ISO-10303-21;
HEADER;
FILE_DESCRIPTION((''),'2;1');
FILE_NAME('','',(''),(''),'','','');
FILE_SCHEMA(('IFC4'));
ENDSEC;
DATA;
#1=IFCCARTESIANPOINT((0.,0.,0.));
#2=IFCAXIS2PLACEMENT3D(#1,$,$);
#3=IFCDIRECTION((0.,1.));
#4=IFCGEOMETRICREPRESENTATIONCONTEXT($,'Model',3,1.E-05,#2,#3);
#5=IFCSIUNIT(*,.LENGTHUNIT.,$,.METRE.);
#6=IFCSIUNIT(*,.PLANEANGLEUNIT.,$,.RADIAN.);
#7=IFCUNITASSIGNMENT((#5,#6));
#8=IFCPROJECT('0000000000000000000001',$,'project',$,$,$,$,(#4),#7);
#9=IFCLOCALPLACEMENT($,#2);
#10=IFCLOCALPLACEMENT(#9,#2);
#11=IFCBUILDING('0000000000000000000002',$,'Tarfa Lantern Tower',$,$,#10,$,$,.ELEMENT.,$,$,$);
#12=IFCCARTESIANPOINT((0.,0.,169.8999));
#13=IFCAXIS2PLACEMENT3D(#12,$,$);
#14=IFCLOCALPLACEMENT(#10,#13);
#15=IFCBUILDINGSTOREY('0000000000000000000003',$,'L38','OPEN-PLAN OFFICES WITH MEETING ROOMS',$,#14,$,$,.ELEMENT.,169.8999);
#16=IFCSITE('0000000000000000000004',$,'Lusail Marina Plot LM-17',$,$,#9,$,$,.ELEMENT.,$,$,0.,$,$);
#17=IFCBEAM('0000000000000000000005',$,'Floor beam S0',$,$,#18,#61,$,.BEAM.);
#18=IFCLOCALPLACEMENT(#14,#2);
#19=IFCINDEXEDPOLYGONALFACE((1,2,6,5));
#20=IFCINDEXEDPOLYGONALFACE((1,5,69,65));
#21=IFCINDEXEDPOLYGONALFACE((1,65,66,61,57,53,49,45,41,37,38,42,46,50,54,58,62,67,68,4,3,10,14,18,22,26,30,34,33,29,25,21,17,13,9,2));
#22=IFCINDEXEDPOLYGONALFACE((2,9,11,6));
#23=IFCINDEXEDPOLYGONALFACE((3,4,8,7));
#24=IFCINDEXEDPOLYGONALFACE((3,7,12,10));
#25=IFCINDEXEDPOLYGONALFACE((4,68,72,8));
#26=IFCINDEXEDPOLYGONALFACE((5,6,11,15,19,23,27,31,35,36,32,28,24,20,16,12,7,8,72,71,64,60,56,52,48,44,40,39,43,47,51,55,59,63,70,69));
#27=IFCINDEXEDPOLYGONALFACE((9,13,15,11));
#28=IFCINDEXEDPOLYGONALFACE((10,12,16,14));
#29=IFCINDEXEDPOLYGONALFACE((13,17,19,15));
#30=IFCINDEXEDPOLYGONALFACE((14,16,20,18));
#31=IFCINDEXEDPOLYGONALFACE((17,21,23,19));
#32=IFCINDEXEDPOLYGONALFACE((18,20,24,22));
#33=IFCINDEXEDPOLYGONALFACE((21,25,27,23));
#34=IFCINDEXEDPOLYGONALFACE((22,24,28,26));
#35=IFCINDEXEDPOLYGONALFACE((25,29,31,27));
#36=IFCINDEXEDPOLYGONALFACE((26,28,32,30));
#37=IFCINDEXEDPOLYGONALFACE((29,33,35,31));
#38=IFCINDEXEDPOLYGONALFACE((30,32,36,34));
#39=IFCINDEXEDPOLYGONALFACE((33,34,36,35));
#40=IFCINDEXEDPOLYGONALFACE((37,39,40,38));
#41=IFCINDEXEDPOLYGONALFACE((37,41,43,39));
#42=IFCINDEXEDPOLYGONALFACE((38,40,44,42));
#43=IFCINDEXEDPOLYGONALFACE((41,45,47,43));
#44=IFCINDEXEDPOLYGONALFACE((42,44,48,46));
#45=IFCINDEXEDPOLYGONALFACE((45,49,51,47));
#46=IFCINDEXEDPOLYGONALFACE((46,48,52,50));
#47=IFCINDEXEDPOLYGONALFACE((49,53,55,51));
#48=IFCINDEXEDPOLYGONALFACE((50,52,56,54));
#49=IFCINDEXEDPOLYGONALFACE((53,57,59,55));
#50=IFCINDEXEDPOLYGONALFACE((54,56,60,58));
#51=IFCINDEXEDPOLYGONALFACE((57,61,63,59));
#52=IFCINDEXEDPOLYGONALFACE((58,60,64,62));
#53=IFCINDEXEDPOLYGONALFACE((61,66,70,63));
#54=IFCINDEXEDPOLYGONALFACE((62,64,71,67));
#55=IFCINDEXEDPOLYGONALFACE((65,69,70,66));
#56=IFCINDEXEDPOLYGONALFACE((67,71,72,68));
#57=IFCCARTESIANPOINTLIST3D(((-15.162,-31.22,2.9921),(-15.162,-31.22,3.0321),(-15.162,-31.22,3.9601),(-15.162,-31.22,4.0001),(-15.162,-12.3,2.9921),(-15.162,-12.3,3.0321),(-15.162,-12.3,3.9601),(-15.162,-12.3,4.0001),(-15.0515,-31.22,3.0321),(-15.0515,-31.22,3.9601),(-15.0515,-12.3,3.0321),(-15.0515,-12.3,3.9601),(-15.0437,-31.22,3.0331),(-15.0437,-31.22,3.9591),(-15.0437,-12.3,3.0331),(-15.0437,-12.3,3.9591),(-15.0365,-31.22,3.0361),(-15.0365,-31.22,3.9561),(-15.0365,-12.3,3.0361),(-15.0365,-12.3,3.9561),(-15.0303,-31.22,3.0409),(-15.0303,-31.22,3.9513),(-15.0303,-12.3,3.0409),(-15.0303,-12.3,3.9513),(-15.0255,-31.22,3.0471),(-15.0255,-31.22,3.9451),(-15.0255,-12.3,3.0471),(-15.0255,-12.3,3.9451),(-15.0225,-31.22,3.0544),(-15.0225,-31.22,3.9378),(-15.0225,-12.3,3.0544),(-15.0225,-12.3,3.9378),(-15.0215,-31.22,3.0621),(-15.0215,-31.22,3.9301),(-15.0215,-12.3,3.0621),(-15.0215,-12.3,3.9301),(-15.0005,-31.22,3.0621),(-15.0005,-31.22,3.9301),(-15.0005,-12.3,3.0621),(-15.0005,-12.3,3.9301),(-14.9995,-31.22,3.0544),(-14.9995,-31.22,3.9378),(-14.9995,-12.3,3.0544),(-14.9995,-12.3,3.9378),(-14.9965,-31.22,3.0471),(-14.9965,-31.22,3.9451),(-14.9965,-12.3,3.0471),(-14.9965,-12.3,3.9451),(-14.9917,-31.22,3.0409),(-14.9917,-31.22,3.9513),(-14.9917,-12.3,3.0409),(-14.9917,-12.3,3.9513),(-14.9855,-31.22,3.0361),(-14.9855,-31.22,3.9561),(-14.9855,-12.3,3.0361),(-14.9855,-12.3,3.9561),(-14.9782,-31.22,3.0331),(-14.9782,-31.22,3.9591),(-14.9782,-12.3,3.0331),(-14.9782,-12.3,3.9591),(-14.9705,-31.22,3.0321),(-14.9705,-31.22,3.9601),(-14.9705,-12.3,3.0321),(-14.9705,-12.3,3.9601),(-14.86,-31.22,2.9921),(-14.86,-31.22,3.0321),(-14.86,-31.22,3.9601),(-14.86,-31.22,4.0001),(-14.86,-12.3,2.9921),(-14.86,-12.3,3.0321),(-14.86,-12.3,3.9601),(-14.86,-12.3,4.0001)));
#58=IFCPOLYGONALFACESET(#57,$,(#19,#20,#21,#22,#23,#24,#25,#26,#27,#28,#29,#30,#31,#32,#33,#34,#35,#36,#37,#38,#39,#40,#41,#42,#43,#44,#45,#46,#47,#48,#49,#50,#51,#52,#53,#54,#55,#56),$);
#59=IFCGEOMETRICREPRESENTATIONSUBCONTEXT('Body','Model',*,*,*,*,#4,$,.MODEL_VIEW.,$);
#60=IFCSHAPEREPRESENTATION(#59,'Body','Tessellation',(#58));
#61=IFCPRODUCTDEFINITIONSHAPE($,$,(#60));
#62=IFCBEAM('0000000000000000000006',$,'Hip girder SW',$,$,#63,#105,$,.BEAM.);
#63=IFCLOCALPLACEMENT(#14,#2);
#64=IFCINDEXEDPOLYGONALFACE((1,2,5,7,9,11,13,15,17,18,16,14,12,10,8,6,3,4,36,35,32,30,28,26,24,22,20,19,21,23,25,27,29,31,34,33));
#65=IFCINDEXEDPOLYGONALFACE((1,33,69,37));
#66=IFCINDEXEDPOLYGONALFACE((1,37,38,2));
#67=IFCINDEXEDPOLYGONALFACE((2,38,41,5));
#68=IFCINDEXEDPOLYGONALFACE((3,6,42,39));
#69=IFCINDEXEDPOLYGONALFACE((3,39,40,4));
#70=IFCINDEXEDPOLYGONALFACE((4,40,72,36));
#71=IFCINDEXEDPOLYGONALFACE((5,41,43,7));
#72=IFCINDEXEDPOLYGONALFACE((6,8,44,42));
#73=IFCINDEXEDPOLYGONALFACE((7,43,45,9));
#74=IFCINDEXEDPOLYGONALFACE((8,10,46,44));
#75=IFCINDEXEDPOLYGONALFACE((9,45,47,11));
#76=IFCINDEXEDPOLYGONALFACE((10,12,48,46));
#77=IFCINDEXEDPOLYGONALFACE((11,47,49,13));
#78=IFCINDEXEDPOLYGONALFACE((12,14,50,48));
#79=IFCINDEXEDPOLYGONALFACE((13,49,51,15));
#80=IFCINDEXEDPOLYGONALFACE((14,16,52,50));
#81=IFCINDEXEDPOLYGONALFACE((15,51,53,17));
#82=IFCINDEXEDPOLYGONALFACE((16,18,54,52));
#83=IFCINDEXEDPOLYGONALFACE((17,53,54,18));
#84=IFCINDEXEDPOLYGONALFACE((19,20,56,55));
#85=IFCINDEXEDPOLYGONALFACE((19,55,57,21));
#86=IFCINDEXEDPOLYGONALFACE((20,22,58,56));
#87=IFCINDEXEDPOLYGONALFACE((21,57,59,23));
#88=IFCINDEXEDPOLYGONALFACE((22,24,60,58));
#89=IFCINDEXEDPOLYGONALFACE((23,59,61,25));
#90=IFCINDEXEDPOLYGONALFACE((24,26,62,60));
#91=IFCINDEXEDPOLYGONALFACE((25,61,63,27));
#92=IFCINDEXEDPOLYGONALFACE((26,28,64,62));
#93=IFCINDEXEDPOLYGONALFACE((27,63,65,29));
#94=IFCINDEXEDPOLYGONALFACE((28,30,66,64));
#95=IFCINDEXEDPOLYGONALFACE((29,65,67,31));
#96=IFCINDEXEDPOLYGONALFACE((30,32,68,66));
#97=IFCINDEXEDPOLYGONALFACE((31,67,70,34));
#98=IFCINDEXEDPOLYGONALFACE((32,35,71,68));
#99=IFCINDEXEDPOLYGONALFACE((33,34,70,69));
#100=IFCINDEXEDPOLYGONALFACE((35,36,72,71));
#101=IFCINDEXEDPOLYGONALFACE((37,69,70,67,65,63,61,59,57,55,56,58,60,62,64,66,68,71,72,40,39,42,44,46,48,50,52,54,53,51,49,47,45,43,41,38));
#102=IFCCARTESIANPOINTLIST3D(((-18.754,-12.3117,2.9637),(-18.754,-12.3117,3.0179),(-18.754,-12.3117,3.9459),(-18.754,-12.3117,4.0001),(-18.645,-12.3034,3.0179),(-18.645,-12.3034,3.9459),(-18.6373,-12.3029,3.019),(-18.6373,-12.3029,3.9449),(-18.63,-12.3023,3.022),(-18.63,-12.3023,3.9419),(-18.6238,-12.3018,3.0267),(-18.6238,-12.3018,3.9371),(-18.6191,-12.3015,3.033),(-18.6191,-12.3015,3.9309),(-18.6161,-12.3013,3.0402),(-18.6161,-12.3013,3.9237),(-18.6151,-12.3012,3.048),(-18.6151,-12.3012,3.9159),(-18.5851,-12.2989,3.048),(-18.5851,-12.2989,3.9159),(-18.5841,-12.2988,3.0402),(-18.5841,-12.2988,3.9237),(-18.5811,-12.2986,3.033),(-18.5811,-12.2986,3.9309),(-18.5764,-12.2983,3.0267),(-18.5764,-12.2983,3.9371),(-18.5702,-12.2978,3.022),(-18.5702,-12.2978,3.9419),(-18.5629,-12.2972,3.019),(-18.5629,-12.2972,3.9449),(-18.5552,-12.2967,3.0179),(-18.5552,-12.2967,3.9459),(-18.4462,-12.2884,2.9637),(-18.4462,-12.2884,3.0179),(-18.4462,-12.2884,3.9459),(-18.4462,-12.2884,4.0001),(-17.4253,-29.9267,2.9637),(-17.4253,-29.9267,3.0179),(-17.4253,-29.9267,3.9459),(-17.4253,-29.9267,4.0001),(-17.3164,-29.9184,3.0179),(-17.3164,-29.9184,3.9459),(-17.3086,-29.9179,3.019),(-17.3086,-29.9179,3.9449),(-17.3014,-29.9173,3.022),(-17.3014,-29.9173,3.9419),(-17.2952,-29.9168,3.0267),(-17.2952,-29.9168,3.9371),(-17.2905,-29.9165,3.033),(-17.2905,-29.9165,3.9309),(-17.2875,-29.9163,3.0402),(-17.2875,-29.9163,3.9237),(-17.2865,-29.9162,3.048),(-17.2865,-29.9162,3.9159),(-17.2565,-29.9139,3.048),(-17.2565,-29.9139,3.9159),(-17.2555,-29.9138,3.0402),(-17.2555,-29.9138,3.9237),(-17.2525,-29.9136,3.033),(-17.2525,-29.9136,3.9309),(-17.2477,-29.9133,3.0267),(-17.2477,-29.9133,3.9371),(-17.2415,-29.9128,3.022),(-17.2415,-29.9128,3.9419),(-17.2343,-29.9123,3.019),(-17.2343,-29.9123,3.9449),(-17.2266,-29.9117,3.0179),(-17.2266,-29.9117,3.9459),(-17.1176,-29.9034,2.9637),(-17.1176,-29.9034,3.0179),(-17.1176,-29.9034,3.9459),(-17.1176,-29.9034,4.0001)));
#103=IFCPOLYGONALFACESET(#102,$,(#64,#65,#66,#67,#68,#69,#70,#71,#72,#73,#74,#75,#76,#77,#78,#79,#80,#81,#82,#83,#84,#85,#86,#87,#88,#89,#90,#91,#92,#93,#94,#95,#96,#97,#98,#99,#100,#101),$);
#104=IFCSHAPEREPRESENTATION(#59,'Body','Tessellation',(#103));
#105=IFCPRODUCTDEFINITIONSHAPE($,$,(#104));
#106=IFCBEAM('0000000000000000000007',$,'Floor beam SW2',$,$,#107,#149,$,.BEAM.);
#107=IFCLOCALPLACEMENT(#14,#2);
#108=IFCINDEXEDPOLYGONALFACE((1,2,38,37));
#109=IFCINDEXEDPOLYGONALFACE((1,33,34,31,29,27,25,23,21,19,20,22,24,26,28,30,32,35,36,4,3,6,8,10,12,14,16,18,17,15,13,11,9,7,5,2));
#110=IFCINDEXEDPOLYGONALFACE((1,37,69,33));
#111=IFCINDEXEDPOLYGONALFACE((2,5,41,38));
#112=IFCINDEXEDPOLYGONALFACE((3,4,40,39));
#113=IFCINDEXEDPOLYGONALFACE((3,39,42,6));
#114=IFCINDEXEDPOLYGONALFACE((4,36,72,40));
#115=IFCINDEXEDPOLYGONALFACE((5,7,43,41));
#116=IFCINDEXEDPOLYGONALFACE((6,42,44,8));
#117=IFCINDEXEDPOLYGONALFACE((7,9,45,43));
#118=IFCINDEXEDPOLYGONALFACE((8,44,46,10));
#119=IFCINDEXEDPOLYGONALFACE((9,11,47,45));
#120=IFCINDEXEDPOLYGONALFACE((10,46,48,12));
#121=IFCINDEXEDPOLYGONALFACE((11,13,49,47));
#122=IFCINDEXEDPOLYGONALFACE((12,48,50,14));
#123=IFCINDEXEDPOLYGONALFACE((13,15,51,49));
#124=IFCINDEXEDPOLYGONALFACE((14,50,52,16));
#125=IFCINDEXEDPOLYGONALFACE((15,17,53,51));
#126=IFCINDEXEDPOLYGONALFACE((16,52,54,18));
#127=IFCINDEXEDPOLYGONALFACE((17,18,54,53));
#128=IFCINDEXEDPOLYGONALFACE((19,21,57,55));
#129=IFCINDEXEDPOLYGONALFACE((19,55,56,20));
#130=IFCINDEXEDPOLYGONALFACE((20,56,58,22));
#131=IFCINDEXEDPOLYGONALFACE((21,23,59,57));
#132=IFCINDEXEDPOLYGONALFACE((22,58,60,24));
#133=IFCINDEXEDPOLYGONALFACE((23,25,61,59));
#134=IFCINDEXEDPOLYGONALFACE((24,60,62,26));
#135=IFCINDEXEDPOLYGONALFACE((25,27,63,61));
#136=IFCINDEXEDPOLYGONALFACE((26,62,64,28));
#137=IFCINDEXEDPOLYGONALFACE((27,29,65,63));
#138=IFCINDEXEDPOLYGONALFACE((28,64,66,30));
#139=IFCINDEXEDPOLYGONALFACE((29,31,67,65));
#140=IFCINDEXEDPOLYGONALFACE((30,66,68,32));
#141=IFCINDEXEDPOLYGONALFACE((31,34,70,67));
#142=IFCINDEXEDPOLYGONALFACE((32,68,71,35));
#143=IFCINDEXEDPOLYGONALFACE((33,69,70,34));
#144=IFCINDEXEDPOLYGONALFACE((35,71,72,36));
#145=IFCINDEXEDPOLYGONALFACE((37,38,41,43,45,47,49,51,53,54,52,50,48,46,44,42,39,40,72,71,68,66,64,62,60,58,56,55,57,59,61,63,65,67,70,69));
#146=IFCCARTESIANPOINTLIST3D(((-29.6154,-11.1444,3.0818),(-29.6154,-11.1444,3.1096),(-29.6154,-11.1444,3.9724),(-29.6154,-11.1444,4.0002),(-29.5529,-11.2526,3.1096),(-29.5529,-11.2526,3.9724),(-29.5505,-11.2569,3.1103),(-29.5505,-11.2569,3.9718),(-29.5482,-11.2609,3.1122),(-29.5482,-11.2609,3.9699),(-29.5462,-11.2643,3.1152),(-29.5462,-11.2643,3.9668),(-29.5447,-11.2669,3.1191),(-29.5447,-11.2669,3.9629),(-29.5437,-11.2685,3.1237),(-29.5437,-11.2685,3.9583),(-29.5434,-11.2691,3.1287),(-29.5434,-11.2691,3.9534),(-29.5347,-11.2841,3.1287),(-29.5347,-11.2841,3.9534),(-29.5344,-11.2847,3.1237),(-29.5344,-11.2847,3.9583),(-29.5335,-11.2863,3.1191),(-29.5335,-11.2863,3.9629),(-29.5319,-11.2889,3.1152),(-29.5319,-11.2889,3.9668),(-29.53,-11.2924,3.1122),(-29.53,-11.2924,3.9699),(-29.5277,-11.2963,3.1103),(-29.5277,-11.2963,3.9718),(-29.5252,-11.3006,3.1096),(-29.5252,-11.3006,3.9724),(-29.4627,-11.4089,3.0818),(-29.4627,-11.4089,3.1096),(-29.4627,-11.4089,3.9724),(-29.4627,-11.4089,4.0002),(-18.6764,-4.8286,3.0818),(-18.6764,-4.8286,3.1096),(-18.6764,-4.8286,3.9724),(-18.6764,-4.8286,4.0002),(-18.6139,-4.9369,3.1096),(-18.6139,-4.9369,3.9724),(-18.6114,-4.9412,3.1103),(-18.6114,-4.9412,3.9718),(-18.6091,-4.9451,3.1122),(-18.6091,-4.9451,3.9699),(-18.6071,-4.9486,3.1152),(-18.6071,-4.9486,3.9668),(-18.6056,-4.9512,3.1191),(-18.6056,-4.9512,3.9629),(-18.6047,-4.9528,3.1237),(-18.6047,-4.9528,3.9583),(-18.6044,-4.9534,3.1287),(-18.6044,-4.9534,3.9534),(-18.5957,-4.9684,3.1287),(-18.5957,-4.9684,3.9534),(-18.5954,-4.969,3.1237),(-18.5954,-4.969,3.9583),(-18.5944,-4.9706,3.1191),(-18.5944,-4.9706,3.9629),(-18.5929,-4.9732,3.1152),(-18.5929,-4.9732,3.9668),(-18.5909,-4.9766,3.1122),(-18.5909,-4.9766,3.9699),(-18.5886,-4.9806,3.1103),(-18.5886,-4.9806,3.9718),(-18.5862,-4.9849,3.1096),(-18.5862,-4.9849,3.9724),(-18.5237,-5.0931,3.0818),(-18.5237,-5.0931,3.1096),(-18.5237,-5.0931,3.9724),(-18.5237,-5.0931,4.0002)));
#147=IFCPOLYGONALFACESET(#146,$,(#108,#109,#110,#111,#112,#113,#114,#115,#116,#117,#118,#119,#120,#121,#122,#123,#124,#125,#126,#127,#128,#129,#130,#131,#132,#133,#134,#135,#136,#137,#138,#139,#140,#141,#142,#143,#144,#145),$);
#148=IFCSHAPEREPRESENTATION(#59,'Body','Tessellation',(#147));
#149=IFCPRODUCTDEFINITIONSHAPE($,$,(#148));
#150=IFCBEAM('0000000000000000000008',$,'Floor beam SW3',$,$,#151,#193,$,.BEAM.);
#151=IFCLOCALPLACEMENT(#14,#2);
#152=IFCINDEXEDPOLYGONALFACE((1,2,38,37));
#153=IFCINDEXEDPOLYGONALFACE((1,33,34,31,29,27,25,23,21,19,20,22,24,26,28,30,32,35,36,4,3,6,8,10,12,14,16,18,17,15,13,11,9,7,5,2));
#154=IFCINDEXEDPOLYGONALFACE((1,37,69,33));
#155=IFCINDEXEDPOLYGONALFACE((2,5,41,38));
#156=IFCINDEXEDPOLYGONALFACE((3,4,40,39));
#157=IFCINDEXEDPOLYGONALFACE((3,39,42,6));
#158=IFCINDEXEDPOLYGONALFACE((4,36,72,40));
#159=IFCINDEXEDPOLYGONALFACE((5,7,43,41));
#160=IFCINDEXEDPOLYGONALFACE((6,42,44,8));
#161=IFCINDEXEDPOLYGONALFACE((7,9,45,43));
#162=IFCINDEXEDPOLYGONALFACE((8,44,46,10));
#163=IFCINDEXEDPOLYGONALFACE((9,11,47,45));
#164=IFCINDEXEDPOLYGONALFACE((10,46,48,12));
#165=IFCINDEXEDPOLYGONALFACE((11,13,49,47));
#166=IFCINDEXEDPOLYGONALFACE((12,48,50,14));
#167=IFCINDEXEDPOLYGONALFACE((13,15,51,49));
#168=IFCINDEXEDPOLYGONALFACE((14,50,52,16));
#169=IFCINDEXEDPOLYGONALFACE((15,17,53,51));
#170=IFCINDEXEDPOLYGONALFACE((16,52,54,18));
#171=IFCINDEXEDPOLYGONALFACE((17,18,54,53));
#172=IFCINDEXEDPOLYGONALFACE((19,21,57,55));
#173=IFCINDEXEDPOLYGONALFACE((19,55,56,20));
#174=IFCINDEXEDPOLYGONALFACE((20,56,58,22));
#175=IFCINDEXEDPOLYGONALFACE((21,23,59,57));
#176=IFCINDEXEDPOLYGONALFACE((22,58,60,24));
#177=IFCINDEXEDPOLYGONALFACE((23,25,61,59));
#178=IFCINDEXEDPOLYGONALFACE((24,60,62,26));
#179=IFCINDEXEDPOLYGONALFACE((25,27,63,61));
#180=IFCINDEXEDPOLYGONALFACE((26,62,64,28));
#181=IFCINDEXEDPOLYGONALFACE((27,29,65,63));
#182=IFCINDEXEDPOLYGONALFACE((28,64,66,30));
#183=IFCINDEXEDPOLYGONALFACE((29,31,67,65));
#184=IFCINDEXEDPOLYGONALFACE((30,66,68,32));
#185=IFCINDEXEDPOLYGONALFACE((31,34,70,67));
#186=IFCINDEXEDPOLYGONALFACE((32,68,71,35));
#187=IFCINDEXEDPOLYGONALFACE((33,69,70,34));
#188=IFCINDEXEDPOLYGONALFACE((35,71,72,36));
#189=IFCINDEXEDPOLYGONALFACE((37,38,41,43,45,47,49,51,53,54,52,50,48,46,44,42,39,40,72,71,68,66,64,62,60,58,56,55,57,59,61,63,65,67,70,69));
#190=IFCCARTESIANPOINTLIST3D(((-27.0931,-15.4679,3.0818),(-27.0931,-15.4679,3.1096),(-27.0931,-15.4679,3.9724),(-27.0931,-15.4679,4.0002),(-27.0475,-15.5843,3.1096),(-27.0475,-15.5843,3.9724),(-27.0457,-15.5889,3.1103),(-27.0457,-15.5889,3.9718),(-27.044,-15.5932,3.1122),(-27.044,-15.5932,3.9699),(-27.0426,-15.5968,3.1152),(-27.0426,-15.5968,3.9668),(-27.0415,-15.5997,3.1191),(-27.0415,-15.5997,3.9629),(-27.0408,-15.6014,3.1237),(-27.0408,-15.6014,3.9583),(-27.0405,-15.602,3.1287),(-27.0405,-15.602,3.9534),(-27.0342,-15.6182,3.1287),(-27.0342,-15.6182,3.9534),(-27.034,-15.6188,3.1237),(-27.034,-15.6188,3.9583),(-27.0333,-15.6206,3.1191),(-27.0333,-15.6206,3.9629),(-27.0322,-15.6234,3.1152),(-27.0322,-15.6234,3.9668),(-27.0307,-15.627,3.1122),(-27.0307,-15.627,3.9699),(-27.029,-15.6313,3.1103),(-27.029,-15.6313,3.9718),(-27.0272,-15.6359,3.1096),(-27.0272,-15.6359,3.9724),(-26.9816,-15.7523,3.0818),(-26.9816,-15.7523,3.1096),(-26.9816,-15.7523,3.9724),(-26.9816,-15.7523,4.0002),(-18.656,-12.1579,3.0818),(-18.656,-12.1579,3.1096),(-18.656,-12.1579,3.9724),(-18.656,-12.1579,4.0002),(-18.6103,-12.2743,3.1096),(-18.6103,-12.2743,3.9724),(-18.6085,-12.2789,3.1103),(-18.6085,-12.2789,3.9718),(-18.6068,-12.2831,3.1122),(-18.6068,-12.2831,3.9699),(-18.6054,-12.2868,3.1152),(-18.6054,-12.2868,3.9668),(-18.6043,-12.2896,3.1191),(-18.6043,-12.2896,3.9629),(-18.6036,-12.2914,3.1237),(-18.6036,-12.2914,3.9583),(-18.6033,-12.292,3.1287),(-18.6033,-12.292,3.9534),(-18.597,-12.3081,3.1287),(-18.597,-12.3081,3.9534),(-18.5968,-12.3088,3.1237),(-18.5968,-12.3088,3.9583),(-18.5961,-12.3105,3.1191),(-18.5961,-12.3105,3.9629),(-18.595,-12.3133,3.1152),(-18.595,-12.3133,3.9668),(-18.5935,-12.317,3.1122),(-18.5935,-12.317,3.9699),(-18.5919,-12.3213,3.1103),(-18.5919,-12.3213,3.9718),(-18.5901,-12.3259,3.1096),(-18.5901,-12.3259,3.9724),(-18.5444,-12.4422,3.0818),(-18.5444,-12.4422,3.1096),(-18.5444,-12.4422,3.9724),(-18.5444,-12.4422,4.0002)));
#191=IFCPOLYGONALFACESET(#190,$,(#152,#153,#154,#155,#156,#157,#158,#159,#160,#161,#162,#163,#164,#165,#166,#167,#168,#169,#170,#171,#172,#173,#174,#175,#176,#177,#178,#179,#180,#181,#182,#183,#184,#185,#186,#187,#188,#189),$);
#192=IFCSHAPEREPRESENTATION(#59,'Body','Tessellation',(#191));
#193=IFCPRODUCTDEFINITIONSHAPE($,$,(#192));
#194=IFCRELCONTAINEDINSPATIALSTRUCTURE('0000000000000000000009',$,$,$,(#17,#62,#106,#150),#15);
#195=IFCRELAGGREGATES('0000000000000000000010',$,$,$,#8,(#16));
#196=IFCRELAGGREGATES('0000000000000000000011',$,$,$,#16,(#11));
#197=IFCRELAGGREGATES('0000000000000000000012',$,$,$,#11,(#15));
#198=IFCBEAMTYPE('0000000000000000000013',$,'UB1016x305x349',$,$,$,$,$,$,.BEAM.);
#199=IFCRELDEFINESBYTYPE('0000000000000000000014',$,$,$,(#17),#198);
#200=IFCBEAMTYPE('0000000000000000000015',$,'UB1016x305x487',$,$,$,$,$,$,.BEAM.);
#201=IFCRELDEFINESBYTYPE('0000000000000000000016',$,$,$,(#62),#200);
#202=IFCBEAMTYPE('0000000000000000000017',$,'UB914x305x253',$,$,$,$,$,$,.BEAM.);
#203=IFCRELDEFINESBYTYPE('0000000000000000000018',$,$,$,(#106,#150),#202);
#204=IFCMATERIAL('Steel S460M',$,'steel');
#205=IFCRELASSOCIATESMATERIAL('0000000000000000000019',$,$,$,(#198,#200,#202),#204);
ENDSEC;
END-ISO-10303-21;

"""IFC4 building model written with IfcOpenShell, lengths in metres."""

from ifc_helpers import new_model, si_unit, direction, frame, origin, origin_2d, place, context, subcontext, project, spatial, i_section, extrude, material, material_profile, profile_set, type_object, element, save


model = new_model("IFC4")

# Units and contexts
model_context = context("Model", 3, precision=1e-05, world=origin(), true_north=direction((0.0, 1.0)))
body_context = subcontext(model_context, "Body", "Model", "MODEL_VIEW")
ifc_project = project(units=[si_unit("LENGTHUNIT", "METRE"), si_unit("PLANEANGLEUNIT", "RADIAN")], contexts=[model_context])

# Site, building, storey
site_placement = place(None, origin())
site = spatial("IfcSite", under=ifc_project, at=site_placement, Name="Lusail Marina Plot LM-17", CompositionType="ELEMENT", RefElevation=0.0)
building_placement = place(site_placement, origin())
building = spatial("IfcBuilding", under=site, at=building_placement, Name="Tarfa Lantern Tower", CompositionType="ELEMENT")
storey_placement = place(building_placement, frame((0.0, 0.0, 169.8999)))
storey = spatial("IfcBuildingStorey", under=building, at=storey_placement, Name="L38", Description="OPEN-PLAN OFFICES WITH MEETING ROOMS", CompositionType="ELEMENT", Elevation=169.8999)

# Beams
ifc_material_1 = material(Name="Steel S460M", Category="steel")
ifc_material_profile_1 = material_profile(ifc_material_1, i_section(OverallWidth=0.302, OverallDepth=1.0081, WebThickness=0.021, FlangeThickness=0.04, FilletRadius=0.03, at=origin_2d()), Name="UB1016x305x349")
ifc_profile_set_1 = profile_set([ifc_material_profile_1], Name="Steel S460M")
beam_type_1 = type_object("IfcBeamType", Name="UB1016x305x349", PredefinedType="BEAM", material=ifc_profile_set_1)
beam_1_placement = place(storey_placement, frame((-15.011, -31.22, 3.4961), z_axis=(0.0, 1.0, 0.0), x_axis=(-1.0, 0.0, 0.0)))
element("IfcBeam", 1, at=beam_1_placement, inside=storey, type_object=beam_type_1, Name="Floor beam S0", PredefinedType="BEAM", context=body_context, shape_type="SweptSolid", body=[
    extrude(i_section(OverallWidth=0.302, OverallDepth=1.0081, WebThickness=0.021, FlangeThickness=0.04, FilletRadius=0.03, at=origin_2d()), origin(), (0.0, 0.0, 1.0), 18.9199),
])
ifc_material_profile_2 = material_profile(ifc_material_1, i_section(OverallWidth=0.3086, OverallDepth=1.0364, WebThickness=0.03, FlangeThickness=0.0542, FilletRadius=0.03, at=origin_2d()), Name="UB1016x305x487")
ifc_profile_set_2 = profile_set([ifc_material_profile_2], Name="Steel S460M")
beam_type_2 = type_object("IfcBeamType", Name="UB1016x305x487", PredefinedType="BEAM", material=ifc_profile_set_2)
beam_2_placement = place(storey_placement, frame((-18.6001, -12.3, 3.4819), z_axis=(0.075212, -0.997168, 0.0), x_axis=(0.997168, 0.075212, 0.0)))
element("IfcBeam", 2, at=beam_2_placement, inside=storey, type_object=beam_type_2, Name="Hip girder SW", PredefinedType="BEAM", context=body_context, shape_type="SweptSolid", body=[
    extrude(i_section(OverallWidth=0.3086, OverallDepth=1.0364, WebThickness=0.03, FlangeThickness=0.0542, FilletRadius=0.03, at=origin_2d()), origin(), (0.0, 0.0, 1.0), 17.665),
])
ifc_material_profile_3 = material_profile(ifc_material_1, i_section(OverallWidth=0.3054, OverallDepth=0.9185, WebThickness=0.0173, FlangeThickness=0.0278, FilletRadius=0.019, at=origin_2d()), Name="UB914x305x253")
ifc_profile_set_3 = profile_set([ifc_material_profile_3], Name="Steel S460M")
beam_type_3 = type_object("IfcBeamType", Name="UB914x305x253", PredefinedType="BEAM", material=ifc_profile_set_3)
beam_3_placement = place(storey_placement, frame((-29.5391, -11.2766, 3.541), z_axis=(0.866023, 0.500004, 0.0), x_axis=(-0.500004, 0.866023, 0.0)))
element("IfcBeam", 3, at=beam_3_placement, inside=storey, type_object=beam_type_3, Name="Floor beam SW2", PredefinedType="BEAM", context=body_context, shape_type="SweptSolid", body=[
    extrude(i_section(OverallWidth=0.3054, OverallDepth=0.9185, WebThickness=0.0173, FlangeThickness=0.0278, FilletRadius=0.019, at=origin_2d()), origin(), (0.0, 0.0, 1.0), 12.6313),
])
beam_4_placement = place(storey_placement, frame((-27.0374, -15.6101, 3.541), z_axis=(0.930923, 0.365215, 0.0), x_axis=(-0.365215, 0.930923, 0.0)))
element("IfcBeam", 4, at=beam_4_placement, inside=storey, type_object=beam_type_3, Name="Floor beam SW3", PredefinedType="BEAM", context=body_context, shape_type="SweptSolid", body=[
    extrude(i_section(OverallWidth=0.3054, OverallDepth=0.9185, WebThickness=0.0173, FlangeThickness=0.0278, FilletRadius=0.019, at=origin_2d()), origin(), (0.0, 0.0, 1.0), 9.0632),
])

save(model, "model.ifc")
